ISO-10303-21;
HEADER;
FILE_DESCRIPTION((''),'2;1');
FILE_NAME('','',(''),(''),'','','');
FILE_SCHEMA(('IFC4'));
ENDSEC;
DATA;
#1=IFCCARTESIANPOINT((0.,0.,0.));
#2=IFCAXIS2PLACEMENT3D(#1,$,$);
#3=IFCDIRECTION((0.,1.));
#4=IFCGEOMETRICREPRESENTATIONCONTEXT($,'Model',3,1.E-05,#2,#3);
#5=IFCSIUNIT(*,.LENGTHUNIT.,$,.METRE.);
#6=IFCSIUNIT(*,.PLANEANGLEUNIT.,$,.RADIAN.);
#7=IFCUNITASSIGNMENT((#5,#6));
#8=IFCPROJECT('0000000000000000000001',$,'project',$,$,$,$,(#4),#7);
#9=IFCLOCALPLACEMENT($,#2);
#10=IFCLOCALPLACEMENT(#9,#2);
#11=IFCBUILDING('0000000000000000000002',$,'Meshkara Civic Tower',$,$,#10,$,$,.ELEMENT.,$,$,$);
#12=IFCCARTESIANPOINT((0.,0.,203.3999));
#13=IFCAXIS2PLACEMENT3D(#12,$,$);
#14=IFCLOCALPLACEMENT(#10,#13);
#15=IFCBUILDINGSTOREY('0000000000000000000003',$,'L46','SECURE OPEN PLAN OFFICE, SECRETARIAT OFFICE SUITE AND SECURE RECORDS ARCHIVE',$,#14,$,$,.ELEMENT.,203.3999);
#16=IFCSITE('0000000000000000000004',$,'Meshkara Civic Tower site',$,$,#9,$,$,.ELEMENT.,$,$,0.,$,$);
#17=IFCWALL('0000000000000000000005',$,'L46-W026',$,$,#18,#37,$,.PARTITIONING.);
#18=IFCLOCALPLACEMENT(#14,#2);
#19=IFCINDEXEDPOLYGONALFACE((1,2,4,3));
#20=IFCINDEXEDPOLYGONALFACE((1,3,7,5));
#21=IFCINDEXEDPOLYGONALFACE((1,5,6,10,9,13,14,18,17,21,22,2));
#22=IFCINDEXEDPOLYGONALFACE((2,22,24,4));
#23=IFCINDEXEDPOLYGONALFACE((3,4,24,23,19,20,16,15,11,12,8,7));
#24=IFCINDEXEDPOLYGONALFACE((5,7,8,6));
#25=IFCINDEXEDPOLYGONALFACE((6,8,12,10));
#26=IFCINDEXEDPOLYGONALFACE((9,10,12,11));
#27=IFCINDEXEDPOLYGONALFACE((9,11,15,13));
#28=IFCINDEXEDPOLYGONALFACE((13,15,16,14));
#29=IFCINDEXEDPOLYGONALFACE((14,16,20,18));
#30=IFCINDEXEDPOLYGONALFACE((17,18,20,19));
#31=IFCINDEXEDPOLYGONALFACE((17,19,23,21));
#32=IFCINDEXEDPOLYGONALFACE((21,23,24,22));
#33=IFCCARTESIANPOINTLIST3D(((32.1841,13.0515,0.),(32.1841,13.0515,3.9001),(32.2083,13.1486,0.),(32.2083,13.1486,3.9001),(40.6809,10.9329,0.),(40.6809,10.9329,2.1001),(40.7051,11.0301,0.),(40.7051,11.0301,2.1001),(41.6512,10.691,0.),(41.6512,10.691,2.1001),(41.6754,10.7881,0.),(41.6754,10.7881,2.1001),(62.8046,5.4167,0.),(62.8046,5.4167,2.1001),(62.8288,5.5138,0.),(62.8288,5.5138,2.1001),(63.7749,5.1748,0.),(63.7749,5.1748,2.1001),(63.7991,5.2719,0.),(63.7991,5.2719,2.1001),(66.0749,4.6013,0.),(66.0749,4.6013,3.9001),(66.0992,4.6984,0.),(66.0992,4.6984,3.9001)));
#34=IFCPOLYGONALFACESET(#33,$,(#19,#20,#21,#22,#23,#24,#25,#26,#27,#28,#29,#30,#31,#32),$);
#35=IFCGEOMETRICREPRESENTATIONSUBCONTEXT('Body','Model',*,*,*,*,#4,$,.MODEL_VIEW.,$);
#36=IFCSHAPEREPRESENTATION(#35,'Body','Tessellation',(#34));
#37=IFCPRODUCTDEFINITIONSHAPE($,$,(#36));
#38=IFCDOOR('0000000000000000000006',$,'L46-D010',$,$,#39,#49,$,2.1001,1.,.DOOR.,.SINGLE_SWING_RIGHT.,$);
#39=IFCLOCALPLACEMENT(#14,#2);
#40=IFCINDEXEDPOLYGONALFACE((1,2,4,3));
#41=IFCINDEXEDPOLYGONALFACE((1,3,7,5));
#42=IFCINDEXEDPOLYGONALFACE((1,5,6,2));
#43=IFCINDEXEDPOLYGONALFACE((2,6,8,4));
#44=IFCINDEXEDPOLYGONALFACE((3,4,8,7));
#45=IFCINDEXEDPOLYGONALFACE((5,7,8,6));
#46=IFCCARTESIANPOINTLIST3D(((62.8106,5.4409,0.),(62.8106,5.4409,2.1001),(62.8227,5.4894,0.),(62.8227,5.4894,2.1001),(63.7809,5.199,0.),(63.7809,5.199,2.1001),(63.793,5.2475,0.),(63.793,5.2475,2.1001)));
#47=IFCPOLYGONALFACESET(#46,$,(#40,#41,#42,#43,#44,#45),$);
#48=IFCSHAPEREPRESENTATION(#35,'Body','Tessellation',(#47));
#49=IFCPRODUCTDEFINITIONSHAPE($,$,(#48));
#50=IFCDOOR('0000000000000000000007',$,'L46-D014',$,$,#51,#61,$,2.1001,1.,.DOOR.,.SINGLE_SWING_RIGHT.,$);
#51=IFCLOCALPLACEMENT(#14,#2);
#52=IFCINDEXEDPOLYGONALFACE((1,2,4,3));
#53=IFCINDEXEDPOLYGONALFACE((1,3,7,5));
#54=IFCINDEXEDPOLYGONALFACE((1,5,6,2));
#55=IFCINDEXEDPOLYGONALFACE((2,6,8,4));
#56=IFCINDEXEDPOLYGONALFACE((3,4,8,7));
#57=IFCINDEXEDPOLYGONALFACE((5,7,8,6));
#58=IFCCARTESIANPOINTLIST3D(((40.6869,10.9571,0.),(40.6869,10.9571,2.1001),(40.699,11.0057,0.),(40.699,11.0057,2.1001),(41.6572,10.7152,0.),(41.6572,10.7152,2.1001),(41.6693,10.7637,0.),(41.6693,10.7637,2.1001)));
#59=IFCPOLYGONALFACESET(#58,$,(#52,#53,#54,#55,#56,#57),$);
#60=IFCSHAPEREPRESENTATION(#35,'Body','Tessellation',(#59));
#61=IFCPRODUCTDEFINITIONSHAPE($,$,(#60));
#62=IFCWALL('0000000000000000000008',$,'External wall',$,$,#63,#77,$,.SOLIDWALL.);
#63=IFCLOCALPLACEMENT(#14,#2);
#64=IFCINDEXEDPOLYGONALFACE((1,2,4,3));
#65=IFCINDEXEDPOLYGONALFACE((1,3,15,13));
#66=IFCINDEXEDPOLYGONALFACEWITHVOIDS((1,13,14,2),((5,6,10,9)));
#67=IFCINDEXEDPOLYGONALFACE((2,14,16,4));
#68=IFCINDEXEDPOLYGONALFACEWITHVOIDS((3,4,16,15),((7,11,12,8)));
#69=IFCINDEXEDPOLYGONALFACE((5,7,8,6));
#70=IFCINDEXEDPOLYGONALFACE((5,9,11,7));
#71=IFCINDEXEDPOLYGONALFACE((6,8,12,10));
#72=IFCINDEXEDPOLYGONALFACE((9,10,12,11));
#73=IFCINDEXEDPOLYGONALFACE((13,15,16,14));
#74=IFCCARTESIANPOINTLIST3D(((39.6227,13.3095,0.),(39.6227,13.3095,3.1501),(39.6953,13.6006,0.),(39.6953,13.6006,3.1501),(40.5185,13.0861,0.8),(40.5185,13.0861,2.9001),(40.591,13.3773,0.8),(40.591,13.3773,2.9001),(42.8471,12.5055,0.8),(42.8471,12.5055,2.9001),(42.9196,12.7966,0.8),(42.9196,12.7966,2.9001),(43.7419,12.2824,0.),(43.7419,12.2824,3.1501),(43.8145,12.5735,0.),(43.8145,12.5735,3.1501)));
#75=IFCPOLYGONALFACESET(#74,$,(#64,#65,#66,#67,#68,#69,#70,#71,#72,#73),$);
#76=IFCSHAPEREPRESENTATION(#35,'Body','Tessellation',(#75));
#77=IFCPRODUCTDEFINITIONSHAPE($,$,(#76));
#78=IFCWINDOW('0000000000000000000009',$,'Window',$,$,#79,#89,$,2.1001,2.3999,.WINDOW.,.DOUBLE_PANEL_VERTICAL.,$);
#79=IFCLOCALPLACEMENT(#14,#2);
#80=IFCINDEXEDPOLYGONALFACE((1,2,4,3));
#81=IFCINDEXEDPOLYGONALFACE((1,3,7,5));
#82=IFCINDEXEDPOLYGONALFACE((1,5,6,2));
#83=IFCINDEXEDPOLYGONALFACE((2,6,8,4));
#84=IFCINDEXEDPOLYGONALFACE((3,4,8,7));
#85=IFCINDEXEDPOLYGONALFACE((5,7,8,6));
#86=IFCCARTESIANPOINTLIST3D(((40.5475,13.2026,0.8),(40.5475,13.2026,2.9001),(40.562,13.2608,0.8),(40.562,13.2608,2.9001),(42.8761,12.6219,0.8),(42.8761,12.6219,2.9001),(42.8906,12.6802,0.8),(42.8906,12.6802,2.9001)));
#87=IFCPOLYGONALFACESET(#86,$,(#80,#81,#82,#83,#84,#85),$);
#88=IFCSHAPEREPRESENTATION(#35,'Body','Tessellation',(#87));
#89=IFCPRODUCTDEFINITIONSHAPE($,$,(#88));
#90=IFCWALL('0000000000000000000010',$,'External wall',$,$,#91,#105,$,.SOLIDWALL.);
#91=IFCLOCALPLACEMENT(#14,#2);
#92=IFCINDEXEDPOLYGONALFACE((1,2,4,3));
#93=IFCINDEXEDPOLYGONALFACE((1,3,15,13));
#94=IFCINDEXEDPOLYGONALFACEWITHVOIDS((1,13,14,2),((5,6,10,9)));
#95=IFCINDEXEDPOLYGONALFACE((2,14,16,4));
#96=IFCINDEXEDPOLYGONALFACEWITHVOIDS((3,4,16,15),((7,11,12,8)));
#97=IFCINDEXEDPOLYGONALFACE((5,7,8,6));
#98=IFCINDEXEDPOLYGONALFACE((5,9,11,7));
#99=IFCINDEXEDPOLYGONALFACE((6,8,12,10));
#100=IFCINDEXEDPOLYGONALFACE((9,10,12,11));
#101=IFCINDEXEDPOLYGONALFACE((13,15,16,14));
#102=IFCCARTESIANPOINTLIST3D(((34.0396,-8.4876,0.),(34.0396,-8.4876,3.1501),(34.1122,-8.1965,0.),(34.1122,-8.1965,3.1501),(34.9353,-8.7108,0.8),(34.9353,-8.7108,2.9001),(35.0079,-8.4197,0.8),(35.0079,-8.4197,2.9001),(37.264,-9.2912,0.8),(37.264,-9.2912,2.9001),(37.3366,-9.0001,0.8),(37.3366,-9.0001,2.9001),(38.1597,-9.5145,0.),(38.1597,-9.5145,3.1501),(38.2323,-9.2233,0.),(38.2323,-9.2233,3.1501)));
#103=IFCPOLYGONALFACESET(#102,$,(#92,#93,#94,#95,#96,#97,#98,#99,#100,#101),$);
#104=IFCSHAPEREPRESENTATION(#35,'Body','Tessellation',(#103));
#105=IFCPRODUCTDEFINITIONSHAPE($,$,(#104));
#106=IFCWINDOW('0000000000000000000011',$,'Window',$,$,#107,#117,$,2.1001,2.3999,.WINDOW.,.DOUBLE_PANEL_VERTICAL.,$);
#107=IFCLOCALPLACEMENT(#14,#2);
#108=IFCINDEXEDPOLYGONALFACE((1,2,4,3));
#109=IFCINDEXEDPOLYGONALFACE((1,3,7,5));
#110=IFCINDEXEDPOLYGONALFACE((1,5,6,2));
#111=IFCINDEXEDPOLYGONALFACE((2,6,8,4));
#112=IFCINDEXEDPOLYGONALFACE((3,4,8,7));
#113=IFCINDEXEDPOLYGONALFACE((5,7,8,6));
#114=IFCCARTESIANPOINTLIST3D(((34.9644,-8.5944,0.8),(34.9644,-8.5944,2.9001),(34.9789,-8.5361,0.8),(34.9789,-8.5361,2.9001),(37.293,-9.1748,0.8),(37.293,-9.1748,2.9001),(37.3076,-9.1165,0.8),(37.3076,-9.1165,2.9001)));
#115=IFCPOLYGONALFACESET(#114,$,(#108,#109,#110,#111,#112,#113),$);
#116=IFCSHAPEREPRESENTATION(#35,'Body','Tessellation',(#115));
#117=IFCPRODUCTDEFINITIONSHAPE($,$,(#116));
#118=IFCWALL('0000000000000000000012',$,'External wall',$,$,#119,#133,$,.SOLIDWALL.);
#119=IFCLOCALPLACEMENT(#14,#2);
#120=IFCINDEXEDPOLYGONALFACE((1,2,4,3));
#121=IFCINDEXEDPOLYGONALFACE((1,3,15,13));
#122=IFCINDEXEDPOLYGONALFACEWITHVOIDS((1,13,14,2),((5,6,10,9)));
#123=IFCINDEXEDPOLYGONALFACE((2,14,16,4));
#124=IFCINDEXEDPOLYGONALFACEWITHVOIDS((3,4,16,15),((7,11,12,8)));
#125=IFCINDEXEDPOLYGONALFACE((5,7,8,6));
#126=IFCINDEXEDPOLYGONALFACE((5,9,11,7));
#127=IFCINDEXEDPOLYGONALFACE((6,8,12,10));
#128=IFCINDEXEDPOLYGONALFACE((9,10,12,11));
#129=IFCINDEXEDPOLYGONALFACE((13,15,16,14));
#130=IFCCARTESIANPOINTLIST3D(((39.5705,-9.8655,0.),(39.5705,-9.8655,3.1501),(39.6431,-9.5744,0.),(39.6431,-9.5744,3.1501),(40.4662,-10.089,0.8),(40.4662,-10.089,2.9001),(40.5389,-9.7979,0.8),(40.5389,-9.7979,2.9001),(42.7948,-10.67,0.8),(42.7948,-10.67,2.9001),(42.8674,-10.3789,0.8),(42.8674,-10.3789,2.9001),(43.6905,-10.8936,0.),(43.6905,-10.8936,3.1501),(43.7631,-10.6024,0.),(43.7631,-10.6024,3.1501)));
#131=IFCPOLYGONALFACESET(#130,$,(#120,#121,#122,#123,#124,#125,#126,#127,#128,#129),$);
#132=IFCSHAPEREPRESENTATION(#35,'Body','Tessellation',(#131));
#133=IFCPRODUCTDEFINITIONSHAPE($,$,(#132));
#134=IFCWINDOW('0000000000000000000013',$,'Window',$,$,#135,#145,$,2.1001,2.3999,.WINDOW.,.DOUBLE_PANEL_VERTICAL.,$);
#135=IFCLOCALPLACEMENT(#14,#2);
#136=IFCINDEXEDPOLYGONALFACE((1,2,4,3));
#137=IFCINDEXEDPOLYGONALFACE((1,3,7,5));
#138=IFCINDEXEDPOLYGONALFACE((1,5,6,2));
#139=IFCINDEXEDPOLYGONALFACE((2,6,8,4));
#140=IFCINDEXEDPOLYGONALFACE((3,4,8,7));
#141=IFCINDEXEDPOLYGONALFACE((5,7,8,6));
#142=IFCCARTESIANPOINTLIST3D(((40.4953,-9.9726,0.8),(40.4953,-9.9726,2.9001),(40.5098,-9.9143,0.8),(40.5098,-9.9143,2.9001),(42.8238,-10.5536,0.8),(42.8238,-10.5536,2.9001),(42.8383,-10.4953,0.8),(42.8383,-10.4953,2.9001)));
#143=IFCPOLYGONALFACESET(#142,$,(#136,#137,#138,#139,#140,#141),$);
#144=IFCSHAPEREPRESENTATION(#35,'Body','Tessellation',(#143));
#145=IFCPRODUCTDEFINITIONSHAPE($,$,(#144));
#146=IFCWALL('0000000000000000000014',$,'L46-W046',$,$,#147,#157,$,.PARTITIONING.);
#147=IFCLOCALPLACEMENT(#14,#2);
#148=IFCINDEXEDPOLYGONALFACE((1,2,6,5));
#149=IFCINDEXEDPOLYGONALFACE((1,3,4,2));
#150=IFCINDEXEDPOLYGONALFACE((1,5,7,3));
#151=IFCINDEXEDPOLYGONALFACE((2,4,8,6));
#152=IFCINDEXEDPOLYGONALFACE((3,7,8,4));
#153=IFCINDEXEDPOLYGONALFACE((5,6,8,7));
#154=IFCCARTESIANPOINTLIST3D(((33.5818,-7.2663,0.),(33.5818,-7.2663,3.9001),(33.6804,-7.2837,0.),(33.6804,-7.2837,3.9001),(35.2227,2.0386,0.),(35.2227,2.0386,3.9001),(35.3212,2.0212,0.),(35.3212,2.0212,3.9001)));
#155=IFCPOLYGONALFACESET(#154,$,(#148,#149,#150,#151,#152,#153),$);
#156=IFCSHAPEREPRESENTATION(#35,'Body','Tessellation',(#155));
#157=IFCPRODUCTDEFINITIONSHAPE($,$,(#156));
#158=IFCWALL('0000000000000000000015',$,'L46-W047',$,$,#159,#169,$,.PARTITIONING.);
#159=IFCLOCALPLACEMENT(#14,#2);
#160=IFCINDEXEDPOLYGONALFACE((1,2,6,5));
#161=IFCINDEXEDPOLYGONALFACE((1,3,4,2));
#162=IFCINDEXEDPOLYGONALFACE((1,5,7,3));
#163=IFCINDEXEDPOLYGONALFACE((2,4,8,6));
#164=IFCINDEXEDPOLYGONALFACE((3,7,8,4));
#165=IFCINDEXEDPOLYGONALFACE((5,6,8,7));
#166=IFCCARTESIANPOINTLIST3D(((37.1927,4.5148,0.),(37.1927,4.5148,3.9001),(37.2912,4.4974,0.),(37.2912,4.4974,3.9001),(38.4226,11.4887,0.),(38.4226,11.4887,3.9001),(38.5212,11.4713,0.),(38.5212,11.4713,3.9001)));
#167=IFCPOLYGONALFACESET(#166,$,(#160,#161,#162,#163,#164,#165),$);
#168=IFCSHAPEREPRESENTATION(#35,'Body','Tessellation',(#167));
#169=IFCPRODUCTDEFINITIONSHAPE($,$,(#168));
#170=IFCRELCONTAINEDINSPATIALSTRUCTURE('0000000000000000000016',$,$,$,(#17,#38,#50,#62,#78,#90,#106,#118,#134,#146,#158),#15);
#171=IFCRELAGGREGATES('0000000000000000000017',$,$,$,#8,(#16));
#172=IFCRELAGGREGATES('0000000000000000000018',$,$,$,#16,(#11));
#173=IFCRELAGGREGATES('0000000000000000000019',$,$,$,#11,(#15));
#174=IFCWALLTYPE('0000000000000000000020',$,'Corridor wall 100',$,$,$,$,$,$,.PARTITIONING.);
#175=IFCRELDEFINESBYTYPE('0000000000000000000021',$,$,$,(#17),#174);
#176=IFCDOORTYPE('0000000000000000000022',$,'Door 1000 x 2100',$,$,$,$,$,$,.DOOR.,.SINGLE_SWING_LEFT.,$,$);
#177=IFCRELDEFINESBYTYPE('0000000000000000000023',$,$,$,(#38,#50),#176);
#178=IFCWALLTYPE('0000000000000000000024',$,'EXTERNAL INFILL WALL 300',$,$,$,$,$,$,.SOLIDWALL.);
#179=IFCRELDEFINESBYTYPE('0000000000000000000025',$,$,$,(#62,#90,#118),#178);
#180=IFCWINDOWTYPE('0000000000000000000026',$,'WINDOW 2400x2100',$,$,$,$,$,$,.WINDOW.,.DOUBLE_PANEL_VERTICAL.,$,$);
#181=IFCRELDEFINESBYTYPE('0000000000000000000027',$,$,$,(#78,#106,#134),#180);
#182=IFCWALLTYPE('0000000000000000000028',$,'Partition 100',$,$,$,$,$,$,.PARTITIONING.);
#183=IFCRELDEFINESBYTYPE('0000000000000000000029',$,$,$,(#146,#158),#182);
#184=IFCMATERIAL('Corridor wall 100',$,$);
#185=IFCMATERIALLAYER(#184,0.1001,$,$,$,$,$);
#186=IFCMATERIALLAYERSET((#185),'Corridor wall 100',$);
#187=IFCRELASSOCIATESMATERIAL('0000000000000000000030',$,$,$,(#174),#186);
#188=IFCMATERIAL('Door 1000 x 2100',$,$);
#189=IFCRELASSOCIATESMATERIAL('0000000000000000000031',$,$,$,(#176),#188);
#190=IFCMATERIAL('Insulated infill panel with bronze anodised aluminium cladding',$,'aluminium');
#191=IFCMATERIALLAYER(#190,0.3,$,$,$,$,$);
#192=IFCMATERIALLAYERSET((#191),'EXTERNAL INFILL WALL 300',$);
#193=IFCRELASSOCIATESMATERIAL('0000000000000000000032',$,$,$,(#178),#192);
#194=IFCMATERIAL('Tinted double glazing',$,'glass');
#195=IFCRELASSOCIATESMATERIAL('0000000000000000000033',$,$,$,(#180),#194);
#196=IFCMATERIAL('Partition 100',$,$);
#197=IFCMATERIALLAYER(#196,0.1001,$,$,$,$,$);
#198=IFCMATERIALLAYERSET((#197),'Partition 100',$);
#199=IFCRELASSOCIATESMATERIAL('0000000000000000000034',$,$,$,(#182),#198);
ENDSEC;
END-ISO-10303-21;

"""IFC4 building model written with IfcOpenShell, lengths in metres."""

from ifc_helpers import new_model, si_unit, direction, frame, frame_2d, origin, place, context, subcontext, project, spatial, rectangle, extrude, material, layer, layer_set, type_object, element, fill, save


model = new_model("IFC4")

# Units and contexts
model_context = context("Model", 3, precision=1e-05, world=origin(), true_north=direction((0.0, 1.0)))
body_context = subcontext(model_context, "Body", "Model", "MODEL_VIEW")
ifc_project = project(units=[si_unit("LENGTHUNIT", "METRE"), si_unit("PLANEANGLEUNIT", "RADIAN")], contexts=[model_context])

# Site, building, storey
site_placement = place(None, origin())
site = spatial("IfcSite", under=ifc_project, at=site_placement, Name="Meshkara Civic Tower site", CompositionType="ELEMENT", RefElevation=0.0)
building_placement = place(site_placement, origin())
building = spatial("IfcBuilding", under=site, at=building_placement, Name="Meshkara Civic Tower", CompositionType="ELEMENT")
storey_placement = place(building_placement, frame((0.0, 0.0, 203.3999)))
storey = spatial("IfcBuildingStorey", under=building, at=storey_placement, Name="L46", Description="SECURE OPEN PLAN OFFICE, SECRETARIAT OFFICE SUITE AND SECURE RECORDS ARCHIVE", CompositionType="ELEMENT", Elevation=203.3999)

# Wall, openings, doors
ifc_material_1 = material(Name="Corridor wall 100")
ifc_layer_1 = layer(ifc_material_1, 0.1001)
ifc_layer_set_1 = layer_set([ifc_layer_1], Name="Corridor wall 100")
wall_type_1 = type_object("IfcWallType", Name="Corridor wall 100", PredefinedType="PARTITIONING", material=ifc_layer_set_1)
wall_1_placement = place(storey_placement, frame((32.196, 13.1001, 0.0), z_axis=(0.0, 0.0, 1.0), x_axis=(0.970294, -0.241929, 0.0)))
wall_1 = element("IfcWall", 1, at=wall_1_placement, inside=storey, type_object=wall_type_1, Name="L46-W026", PredefinedType="PARTITIONING", context=body_context, shape_type="SweptSolid", body=[
    extrude(rectangle(XDim=34.9285, YDim=0.1001, at=frame_2d((17.4644, 0.0))), origin(), (0.0, 0.0, 1.0), 3.9001),
])
opening_1_placement = place(wall_1_placement, frame((31.5581, 0.0, 0.0)))
opening_1 = element("IfcOpeningElement", 2, at=opening_1_placement, cuts=wall_1, PredefinedType="OPENING", context=body_context, shape_type="SweptSolid", body=[
    extrude(rectangle(XDim=1.0, YDim=2.1001, at=frame_2d((0.5, 1.05))), frame((0.0, 0.0601, 0.0), z_axis=(0.0, -1.0, 0.0), x_axis=(1.0, 0.0, 0.0)), (0.0, 0.0, 1.0), 0.1201),
])
opening_2_placement = place(wall_1_placement, frame((8.7571, 0.0, 0.0)))
opening_2 = element("IfcOpeningElement", 3, at=opening_2_placement, cuts=wall_1, PredefinedType="OPENING", context=body_context, shape_type="SweptSolid", body=[
    extrude(rectangle(XDim=1.0, YDim=2.1001, at=frame_2d((0.5, 1.05))), frame((0.0, 0.0601, 0.0), z_axis=(0.0, -1.0, 0.0), x_axis=(1.0, 0.0, 0.0)), (0.0, 0.0, 1.0), 0.1201),
])
ifc_material_2 = material(Name="Door 1000 x 2100")
door_type = type_object("IfcDoorType", Name="Door 1000 x 2100", OperationType="SINGLE_SWING_LEFT", PredefinedType="DOOR", material=ifc_material_2)
door_1_placement = place(opening_1_placement, origin())
door_1 = element("IfcDoor", 4, at=door_1_placement, inside=storey, type_object=door_type, Name="L46-D010", OperationType="SINGLE_SWING_RIGHT", OverallHeight=2.1001, OverallWidth=1.0, PredefinedType="DOOR", context=body_context, shape_type="SweptSolid", body=[
    extrude(rectangle(XDim=1.0, YDim=2.1001, at=frame_2d((0.5, 1.05))), frame((0.0, 0.0249, 0.0), z_axis=(0.0, -1.0, 0.0), x_axis=(1.0, 0.0, 0.0)), (0.0, 0.0, 1.0), 0.05),
])
fill(opening_1, door_1)
door_2_placement = place(opening_2_placement, origin())
door_2 = element("IfcDoor", 5, at=door_2_placement, inside=storey, type_object=door_type, Name="L46-D014", OperationType="SINGLE_SWING_RIGHT", OverallHeight=2.1001, OverallWidth=1.0, PredefinedType="DOOR", context=body_context, shape_type="SweptSolid", body=[
    extrude(rectangle(XDim=1.0, YDim=2.1001, at=frame_2d((0.5, 1.05))), frame((0.0, 0.0249, 0.0), z_axis=(0.0, -1.0, 0.0), x_axis=(1.0, 0.0, 0.0)), (0.0, 0.0, 1.0), 0.05),
])
fill(opening_2, door_2)

# Walls, openings, windows
ifc_material_3 = material(Name="Insulated infill panel with bronze anodised aluminium cladding", Category="aluminium")
ifc_layer_2 = layer(ifc_material_3, 0.3)
ifc_layer_set_2 = layer_set([ifc_layer_2], Name="EXTERNAL INFILL WALL 300")
wall_type_2 = type_object("IfcWallType", Name="EXTERNAL INFILL WALL 300", PredefinedType="SOLIDWALL", material=ifc_layer_set_2)
wall_2_placement = place(storey_placement, frame((43.7781, 12.428, 0.0), z_axis=(0.0, 0.0, 1.0), x_axis=(-0.970291, 0.24194, 0.0)))
wall_2 = element("IfcWall", 6, at=wall_2_placement, inside=storey, type_object=wall_type_2, Name="External wall", PredefinedType="SOLIDWALL", context=body_context, shape_type="SweptSolid", body=[
    extrude(rectangle(XDim=4.2454, YDim=0.3, at=frame_2d((2.1226, 0.0))), origin(), (0.0, 0.0, 1.0), 3.1501),
])
opening_3_placement = place(wall_2_placement, frame((0.9221, 0.0, 0.8)))
opening_3 = element("IfcOpeningElement", 7, at=opening_3_placement, cuts=wall_2, PredefinedType="OPENING", context=body_context, shape_type="SweptSolid", body=[
    extrude(rectangle(XDim=2.3999, YDim=2.1001, at=frame_2d((1.2, 1.05))), frame((0.0, 0.1599, 0.0), z_axis=(0.0, -1.0, 0.0), x_axis=(1.0, 0.0, 0.0)), (0.0, 0.0, 1.0), 0.3201),
])
ifc_material_4 = material(Name="Tinted double glazing", Category="glass")
window_type = type_object("IfcWindowType", Name="WINDOW 2400x2100", PartitioningType="DOUBLE_PANEL_VERTICAL", PredefinedType="WINDOW", material=ifc_material_4)
window_1_placement = place(opening_3_placement, origin())
window_1 = element("IfcWindow", 8, at=window_1_placement, inside=storey, type_object=window_type, Name="Window", OverallHeight=2.1001, OverallWidth=2.3999, PartitioningType="DOUBLE_PANEL_VERTICAL", PredefinedType="WINDOW", context=body_context, shape_type="SweptSolid", body=[
    extrude(rectangle(XDim=2.3999, YDim=2.1001, at=frame_2d((1.2, 1.05))), frame((0.0, 0.03, 0.0), z_axis=(0.0, -1.0, 0.0), x_axis=(1.0, 0.0, 0.0)), (0.0, 0.0, 1.0), 0.0601),
])
fill(opening_3, window_1)
wall_3_placement = place(storey_placement, frame((34.0759, -8.342, 0.0), z_axis=(0.0, 0.0, 1.0), x_axis=(0.970318, -0.241832, 0.0)))
wall_3 = element("IfcWall", 9, at=wall_3_placement, inside=storey, type_object=wall_type_2, Name="External wall", PredefinedType="SOLIDWALL", context=body_context, shape_type="SweptSolid", body=[
    extrude(rectangle(XDim=4.2461, YDim=0.3, at=frame_2d((2.123, 0.0))), origin(), (0.0, 0.0, 1.0), 3.1501),
])
opening_4_placement = place(wall_3_placement, frame((0.9231, 0.0, 0.8)))
opening_4 = element("IfcOpeningElement", 10, at=opening_4_placement, cuts=wall_3, PredefinedType="OPENING", context=body_context, shape_type="SweptSolid", body=[
    extrude(rectangle(XDim=2.3999, YDim=2.1001, at=frame_2d((1.2, 1.05))), frame((0.0, 0.1599, 0.0), z_axis=(0.0, -1.0, 0.0), x_axis=(1.0, 0.0, 0.0)), (0.0, 0.0, 1.0), 0.3201),
])
window_2_placement = place(opening_4_placement, origin())
window_2 = element("IfcWindow", 11, at=window_2_placement, inside=storey, type_object=window_type, Name="Window", OverallHeight=2.1001, OverallWidth=2.3999, PartitioningType="DOUBLE_PANEL_VERTICAL", PredefinedType="WINDOW", context=body_context, shape_type="SweptSolid", body=[
    extrude(rectangle(XDim=2.3999, YDim=2.1001, at=frame_2d((1.2, 1.05))), frame((0.0, 0.03, 0.0), z_axis=(0.0, -1.0, 0.0), x_axis=(1.0, 0.0, 0.0)), (0.0, 0.0, 1.0), 0.0601),
])
fill(opening_4, window_2)
wall_4_placement = place(storey_placement, frame((39.6069, -9.72, 0.0), z_axis=(0.0, 0.0, 1.0), x_axis=(0.970251, -0.242103, 0.0)))
wall_4 = element("IfcWall", 12, at=wall_4_placement, inside=storey, type_object=wall_type_2, Name="External wall", PredefinedType="SOLIDWALL", context=body_context, shape_type="SweptSolid", body=[
    extrude(rectangle(XDim=4.2463, YDim=0.3, at=frame_2d((2.123, 0.0))), origin(), (0.0, 0.0, 1.0), 3.1501),
])
opening_5_placement = place(wall_4_placement, frame((0.9231, 0.0, 0.8)))
opening_5 = element("IfcOpeningElement", 13, at=opening_5_placement, cuts=wall_4, PredefinedType="OPENING", context=body_context, shape_type="SweptSolid", body=[
    extrude(rectangle(XDim=2.3999, YDim=2.1001, at=frame_2d((1.2, 1.05))), frame((0.0, 0.1599, 0.0), z_axis=(0.0, -1.0, 0.0), x_axis=(1.0, 0.0, 0.0)), (0.0, 0.0, 1.0), 0.3201),
])
window_3_placement = place(opening_5_placement, origin())
window_3 = element("IfcWindow", 14, at=window_3_placement, inside=storey, type_object=window_type, Name="Window", OverallHeight=2.1001, OverallWidth=2.3999, PartitioningType="DOUBLE_PANEL_VERTICAL", PredefinedType="WINDOW", context=body_context, shape_type="SweptSolid", body=[
    extrude(rectangle(XDim=2.3999, YDim=2.1001, at=frame_2d((1.2, 1.05))), frame((0.0, 0.03, 0.0), z_axis=(0.0, -1.0, 0.0), x_axis=(1.0, 0.0, 0.0)), (0.0, 0.0, 1.0), 0.0601),
])
fill(opening_5, window_3)

# Walls
ifc_material_5 = material(Name="Partition 100")
ifc_layer_3 = layer(ifc_material_5, 0.1001)
ifc_layer_set_3 = layer_set([ifc_layer_3], Name="Partition 100")
wall_type_3 = type_object("IfcWallType", Name="Partition 100", PredefinedType="PARTITIONING", material=ifc_layer_set_3)
wall_5_placement = place(storey_placement, frame((33.6311, -7.2749, 0.0), z_axis=(0.0, 0.0, 1.0), x_axis=(0.173664, 0.984805, 0.0)))
element("IfcWall", 15, at=wall_5_placement, inside=storey, type_object=wall_type_3, Name="L46-W046", PredefinedType="PARTITIONING", context=body_context, shape_type="SweptSolid", body=[
    extrude(rectangle(XDim=9.4485, YDim=0.1001, at=frame_2d((4.7241, 0.0))), origin(), (0.0, 0.0, 1.0), 3.9001),
])
wall_6_placement = place(storey_placement, frame((37.2419, 4.5061, 0.0), z_axis=(0.0, 0.0, 1.0), x_axis=(0.173689, 0.984801, 0.0)))
element("IfcWall", 16, at=wall_6_placement, inside=storey, type_object=wall_type_3, Name="L46-W047", PredefinedType="PARTITIONING", context=body_context, shape_type="SweptSolid", body=[
    extrude(rectangle(XDim=7.0815, YDim=0.1001, at=frame_2d((3.5408, 0.0))), origin(), (0.0, 0.0, 1.0), 3.9001),
])

save(model, "model.ifc")
